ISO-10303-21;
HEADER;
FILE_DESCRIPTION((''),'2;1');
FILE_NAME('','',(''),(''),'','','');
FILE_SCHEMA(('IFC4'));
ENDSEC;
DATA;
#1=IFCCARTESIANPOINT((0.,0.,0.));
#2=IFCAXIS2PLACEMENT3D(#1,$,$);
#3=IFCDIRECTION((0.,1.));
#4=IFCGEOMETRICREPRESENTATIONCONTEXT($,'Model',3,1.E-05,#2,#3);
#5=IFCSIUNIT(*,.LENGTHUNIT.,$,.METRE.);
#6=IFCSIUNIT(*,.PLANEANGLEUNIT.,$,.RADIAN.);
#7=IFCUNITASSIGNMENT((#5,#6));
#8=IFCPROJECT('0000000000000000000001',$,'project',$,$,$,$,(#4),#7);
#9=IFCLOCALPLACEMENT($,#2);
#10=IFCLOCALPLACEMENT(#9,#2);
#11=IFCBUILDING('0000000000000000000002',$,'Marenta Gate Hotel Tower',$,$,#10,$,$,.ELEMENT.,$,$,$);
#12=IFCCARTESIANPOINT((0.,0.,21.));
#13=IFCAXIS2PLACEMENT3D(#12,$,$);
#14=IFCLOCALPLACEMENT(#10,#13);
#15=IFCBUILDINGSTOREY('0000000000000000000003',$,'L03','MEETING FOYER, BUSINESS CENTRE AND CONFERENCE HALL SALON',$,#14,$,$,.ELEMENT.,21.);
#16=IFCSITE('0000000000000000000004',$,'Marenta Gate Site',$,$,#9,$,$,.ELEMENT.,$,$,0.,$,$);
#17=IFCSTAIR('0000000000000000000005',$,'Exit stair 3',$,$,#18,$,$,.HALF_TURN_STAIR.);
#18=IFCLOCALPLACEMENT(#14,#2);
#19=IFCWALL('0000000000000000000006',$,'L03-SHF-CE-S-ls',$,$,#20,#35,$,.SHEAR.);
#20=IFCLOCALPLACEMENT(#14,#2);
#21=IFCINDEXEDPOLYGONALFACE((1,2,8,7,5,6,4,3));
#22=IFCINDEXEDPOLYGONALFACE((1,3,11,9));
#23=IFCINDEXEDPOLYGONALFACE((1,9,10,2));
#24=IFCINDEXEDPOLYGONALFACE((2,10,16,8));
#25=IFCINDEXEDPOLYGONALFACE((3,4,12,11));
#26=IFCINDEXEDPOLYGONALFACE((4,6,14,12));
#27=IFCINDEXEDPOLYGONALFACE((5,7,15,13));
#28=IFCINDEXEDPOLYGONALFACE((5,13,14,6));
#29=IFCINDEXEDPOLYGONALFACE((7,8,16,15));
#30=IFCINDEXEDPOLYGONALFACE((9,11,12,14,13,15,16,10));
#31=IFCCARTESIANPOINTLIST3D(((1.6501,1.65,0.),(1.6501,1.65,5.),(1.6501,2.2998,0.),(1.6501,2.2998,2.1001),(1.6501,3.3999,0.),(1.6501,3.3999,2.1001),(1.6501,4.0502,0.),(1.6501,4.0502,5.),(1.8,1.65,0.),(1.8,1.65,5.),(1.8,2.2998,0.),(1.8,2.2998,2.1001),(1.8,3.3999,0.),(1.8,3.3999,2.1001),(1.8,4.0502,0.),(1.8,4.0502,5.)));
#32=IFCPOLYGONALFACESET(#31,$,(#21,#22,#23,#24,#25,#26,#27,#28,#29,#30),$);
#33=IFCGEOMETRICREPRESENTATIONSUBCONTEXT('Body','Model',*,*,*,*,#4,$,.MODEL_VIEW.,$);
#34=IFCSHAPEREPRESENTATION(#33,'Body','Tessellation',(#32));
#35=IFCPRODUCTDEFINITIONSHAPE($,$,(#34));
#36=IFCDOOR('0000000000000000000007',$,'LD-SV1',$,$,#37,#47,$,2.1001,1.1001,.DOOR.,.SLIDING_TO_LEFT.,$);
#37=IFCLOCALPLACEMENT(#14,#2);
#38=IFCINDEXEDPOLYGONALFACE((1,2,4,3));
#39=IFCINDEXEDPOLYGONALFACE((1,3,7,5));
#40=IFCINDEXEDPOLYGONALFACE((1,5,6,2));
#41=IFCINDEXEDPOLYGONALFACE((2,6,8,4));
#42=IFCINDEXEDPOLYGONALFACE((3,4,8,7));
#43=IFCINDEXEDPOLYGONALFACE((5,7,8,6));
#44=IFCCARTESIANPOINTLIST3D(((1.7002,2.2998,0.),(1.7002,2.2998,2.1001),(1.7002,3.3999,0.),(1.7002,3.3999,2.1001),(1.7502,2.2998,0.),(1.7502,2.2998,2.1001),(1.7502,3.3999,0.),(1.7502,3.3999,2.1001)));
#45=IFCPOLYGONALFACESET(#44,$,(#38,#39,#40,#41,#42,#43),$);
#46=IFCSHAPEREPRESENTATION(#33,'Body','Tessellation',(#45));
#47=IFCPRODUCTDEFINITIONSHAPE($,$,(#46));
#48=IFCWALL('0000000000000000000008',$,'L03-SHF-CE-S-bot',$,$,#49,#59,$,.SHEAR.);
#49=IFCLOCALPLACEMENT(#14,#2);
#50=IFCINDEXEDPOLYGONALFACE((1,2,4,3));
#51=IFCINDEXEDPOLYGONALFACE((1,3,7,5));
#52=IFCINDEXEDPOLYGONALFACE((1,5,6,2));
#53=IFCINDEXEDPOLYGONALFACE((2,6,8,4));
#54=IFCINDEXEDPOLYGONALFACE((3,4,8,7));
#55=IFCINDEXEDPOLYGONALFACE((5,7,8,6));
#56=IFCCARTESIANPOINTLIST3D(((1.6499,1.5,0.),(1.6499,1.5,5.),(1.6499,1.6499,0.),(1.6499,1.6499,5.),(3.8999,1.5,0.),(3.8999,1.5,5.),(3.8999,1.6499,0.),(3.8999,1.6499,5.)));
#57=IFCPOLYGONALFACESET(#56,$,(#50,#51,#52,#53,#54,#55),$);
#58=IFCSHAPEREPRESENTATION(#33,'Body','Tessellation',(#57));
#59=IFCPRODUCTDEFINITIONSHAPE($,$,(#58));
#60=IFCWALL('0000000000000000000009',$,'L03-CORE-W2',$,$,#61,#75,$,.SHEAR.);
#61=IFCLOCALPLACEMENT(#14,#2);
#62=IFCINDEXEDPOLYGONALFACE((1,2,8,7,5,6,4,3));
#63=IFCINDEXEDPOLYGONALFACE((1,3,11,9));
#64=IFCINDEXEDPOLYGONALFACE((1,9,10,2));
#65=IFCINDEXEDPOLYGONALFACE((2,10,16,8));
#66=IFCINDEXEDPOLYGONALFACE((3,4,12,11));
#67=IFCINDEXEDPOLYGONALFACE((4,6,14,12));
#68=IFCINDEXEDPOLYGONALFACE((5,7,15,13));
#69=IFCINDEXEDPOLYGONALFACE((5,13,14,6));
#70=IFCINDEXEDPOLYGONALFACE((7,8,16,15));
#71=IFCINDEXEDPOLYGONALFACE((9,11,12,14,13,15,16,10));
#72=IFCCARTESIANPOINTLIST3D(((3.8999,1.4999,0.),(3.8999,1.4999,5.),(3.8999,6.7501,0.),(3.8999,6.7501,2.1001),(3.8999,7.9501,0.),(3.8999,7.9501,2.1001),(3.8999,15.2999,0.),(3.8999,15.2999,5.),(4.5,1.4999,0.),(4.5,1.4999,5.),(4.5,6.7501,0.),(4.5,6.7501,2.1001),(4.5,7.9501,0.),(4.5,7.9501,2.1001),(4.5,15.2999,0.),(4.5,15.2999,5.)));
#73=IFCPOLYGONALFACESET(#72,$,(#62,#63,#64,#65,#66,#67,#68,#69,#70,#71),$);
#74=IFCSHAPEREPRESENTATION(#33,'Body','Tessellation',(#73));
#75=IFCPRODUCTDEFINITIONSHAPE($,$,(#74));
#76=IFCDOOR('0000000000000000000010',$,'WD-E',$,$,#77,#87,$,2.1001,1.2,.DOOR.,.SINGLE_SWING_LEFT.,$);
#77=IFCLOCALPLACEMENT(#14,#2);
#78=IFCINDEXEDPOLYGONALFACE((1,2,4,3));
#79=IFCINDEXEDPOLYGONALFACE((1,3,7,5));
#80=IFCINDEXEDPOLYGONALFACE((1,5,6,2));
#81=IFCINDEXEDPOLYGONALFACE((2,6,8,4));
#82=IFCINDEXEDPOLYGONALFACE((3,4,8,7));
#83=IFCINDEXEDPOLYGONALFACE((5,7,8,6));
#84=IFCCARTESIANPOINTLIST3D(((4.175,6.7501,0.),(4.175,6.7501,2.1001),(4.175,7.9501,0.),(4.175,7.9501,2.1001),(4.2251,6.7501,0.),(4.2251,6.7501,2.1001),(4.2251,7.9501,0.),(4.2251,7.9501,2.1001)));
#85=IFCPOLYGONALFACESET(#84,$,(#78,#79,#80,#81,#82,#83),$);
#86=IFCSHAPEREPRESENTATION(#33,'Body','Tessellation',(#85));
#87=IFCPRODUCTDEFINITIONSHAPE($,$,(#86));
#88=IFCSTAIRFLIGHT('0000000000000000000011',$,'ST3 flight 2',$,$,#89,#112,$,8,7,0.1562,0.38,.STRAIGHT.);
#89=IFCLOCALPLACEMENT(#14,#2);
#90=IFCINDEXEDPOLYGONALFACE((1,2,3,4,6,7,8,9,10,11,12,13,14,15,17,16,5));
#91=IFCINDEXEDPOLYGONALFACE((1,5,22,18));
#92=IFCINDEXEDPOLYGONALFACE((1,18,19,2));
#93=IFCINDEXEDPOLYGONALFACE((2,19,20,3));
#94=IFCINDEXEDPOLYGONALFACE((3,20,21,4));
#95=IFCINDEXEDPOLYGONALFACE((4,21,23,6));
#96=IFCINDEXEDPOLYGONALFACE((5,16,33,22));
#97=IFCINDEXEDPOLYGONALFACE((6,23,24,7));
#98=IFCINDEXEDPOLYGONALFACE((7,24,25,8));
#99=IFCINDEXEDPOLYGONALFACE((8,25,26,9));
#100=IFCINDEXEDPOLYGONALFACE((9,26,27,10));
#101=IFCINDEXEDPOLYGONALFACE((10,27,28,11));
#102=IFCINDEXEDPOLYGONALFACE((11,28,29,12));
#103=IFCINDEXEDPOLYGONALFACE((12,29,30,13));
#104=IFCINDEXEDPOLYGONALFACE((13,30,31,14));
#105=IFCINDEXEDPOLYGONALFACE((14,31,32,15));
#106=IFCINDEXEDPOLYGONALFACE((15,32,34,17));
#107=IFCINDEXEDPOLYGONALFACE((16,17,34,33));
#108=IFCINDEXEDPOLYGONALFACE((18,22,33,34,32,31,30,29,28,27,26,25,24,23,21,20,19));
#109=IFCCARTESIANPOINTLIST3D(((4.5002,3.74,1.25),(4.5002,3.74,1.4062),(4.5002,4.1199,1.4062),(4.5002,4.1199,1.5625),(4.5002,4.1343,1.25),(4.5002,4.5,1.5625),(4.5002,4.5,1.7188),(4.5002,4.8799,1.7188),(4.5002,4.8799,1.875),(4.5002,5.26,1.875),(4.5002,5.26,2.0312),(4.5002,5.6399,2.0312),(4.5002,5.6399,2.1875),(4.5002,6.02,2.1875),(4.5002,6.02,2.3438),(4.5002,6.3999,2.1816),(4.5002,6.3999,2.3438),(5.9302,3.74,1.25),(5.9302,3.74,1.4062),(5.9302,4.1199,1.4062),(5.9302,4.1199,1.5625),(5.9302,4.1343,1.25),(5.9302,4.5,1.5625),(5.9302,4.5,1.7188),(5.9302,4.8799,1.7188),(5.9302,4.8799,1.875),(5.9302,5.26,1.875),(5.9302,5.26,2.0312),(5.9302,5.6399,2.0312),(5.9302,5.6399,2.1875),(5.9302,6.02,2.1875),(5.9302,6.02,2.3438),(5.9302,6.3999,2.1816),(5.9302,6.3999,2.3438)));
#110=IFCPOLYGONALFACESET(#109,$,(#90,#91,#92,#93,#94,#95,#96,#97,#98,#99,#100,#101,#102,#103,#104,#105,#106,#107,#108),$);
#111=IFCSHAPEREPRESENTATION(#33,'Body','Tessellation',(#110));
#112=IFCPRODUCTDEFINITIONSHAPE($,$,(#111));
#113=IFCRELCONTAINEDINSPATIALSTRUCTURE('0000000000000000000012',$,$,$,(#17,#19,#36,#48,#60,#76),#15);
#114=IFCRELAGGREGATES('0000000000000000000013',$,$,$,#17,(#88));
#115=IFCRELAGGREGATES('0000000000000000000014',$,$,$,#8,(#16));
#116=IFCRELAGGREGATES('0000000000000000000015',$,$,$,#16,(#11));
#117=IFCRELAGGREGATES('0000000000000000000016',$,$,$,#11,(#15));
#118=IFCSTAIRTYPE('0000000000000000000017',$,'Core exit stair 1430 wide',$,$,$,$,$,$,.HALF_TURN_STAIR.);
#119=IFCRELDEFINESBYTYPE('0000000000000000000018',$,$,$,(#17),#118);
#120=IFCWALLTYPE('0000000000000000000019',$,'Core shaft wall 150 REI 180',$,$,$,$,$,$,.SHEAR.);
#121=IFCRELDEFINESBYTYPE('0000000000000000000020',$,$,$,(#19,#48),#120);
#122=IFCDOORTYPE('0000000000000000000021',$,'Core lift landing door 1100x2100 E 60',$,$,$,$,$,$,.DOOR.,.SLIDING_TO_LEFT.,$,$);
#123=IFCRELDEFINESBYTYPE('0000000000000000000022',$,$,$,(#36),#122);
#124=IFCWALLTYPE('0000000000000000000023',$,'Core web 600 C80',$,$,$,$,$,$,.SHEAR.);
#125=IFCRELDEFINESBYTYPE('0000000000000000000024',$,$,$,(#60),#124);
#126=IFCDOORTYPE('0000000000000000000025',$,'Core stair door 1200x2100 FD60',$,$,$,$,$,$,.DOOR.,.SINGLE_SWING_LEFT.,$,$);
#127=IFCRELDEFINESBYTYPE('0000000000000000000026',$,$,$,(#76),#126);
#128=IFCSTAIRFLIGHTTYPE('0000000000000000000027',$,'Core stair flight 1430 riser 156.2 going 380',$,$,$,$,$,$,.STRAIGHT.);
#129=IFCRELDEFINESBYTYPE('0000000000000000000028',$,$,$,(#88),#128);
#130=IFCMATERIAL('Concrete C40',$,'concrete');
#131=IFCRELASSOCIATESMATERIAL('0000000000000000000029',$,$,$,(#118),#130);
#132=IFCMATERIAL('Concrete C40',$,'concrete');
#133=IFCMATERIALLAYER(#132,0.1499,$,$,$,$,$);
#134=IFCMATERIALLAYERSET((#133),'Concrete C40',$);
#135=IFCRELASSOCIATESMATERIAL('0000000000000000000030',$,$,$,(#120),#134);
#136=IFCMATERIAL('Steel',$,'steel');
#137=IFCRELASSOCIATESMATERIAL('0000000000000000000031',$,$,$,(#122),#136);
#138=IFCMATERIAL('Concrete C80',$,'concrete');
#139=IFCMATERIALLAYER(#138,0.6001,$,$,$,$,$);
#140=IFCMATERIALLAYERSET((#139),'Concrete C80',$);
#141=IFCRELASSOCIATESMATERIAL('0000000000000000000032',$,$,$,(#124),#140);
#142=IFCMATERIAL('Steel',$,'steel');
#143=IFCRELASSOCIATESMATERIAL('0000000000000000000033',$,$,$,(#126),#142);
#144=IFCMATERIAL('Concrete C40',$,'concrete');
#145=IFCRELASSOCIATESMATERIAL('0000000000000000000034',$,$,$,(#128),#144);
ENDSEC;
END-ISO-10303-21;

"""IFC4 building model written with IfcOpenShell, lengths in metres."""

from ifc_helpers import new_model, si_unit, direction, frame, frame_2d, origin, place, context, subcontext, project, spatial, polyline, rectangle, outline, extrude, material, layer, layer_set, type_object, element, fill, aggregate, save


model = new_model("IFC4")

# Units and contexts
model_context = context("Model", 3, precision=1e-05, world=origin(), true_north=direction((0.0, 1.0)))
body_context = subcontext(model_context, "Body", "Model", "MODEL_VIEW")
ifc_project = project(units=[si_unit("LENGTHUNIT", "METRE"), si_unit("PLANEANGLEUNIT", "RADIAN")], contexts=[model_context])

# Site, building, storey
site_placement = place(None, origin())
site = spatial("IfcSite", under=ifc_project, at=site_placement, Name="Marenta Gate Site", CompositionType="ELEMENT", RefElevation=0.0)
building_placement = place(site_placement, origin())
building = spatial("IfcBuilding", under=site, at=building_placement, Name="Marenta Gate Hotel Tower", CompositionType="ELEMENT")
storey_placement = place(building_placement, frame((0.0, 0.0, 21.0)))
storey = spatial("IfcBuildingStorey", under=building, at=storey_placement, Name="L03", Description="MEETING FOYER, BUSINESS CENTRE AND CONFERENCE HALL SALON", CompositionType="ELEMENT", Elevation=21.0)

# Stair
ifc_material_1 = material(Name="Concrete C40", Category="concrete")
stair_type_1 = type_object("IfcStairType", Name="Core exit stair 1430 wide", PredefinedType="HALF_TURN_STAIR", material=ifc_material_1)
stair_1_placement = place(storey_placement, origin())
stair_1 = element("IfcStair", 1, at=stair_1_placement, inside=storey, type_object=stair_type_1, Name="Exit stair 3", PredefinedType="HALF_TURN_STAIR")

# Wall, opening, door
ifc_material_2 = material(Name="Concrete C40", Category="concrete")
ifc_layer_1 = layer(ifc_material_2, 0.1499)
ifc_layer_set_1 = layer_set([ifc_layer_1], Name="Concrete C40")
wall_type_1 = type_object("IfcWallType", Name="Core shaft wall 150 REI 180", PredefinedType="SHEAR", material=ifc_layer_set_1)
wall_1_placement = place(storey_placement, frame((1.7251, 1.6499, 0.0), z_axis=(0.0, 0.0, 1.0), x_axis=(0.0, 1.0, 0.0)))
wall_1 = element("IfcWall", 2, at=wall_1_placement, inside=storey, type_object=wall_type_1, Name="L03-SHF-CE-S-ls", PredefinedType="SHEAR", context=body_context, shape_type="SweptSolid", body=[
    extrude(rectangle(XDim=2.4001, YDim=0.1499, at=frame_2d((1.2002, 0.0))), origin(), (0.0, 0.0, 1.0), 5.0),
])
opening_1_placement = place(wall_1_placement, frame((0.6499, 0.0, 0.0)))
opening_1 = element("IfcOpeningElement", 3, at=opening_1_placement, cuts=wall_1, PredefinedType="OPENING", context=body_context, shape_type="SweptSolid", body=[
    extrude(rectangle(XDim=1.1001, YDim=2.1001, at=frame_2d((0.55, 1.05))), frame((0.0, 0.075, 0.0), z_axis=(0.0, -1.0, 0.0), x_axis=(1.0, 0.0, 0.0)), (0.0, 0.0, 1.0), 0.1499),
])
ifc_material_3 = material(Name="Steel", Category="steel")
door_type_1 = type_object("IfcDoorType", Name="Core lift landing door 1100x2100 E 60", OperationType="SLIDING_TO_LEFT", PredefinedType="DOOR", material=ifc_material_3)
door_1_placement = place(opening_1_placement, origin())
door_1 = element("IfcDoor", 4, at=door_1_placement, inside=storey, type_object=door_type_1, Name="LD-SV1", OperationType="SLIDING_TO_LEFT", OverallHeight=2.1001, OverallWidth=1.1001, PredefinedType="DOOR", context=body_context, shape_type="SweptSolid", body=[
    extrude(rectangle(XDim=1.1001, YDim=2.1001, at=frame_2d((0.55, 1.05))), frame((0.0, 0.0249, 0.0), z_axis=(0.0, -1.0, 0.0), x_axis=(1.0, 0.0, 0.0)), (0.0, 0.0, 1.0), 0.05),
])
fill(opening_1, door_1)

# Wall
wall_2_placement = place(storey_placement, frame((1.6499, 1.575, 0.0), z_axis=(0.0, 0.0, 1.0), x_axis=(1.0, 0.0, 0.0)))
element("IfcWall", 5, at=wall_2_placement, inside=storey, type_object=wall_type_1, Name="L03-SHF-CE-S-bot", PredefinedType="SHEAR", context=body_context, shape_type="SweptSolid", body=[
    extrude(rectangle(XDim=2.25, YDim=0.1499, at=frame_2d((1.125, 0.0))), origin(), (0.0, 0.0, 1.0), 5.0),
])

# Wall, opening, door
ifc_material_4 = material(Name="Concrete C80", Category="concrete")
ifc_layer_2 = layer(ifc_material_4, 0.6001)
ifc_layer_set_2 = layer_set([ifc_layer_2], Name="Concrete C80")
wall_type_2 = type_object("IfcWallType", Name="Core web 600 C80", PredefinedType="SHEAR", material=ifc_layer_set_2)
wall_3_placement = place(storey_placement, frame((4.2, 1.5, 0.0), z_axis=(0.0, 0.0, 1.0), x_axis=(0.0, 1.0, 0.0)))
wall_3 = element("IfcWall", 6, at=wall_3_placement, inside=storey, type_object=wall_type_2, Name="L03-CORE-W2", PredefinedType="SHEAR", context=body_context, shape_type="SweptSolid", body=[
    extrude(rectangle(XDim=13.8, YDim=0.6001, at=frame_2d((6.8999, 0.0))), origin(), (0.0, 0.0, 1.0), 5.0),
])
opening_2_placement = place(wall_3_placement, frame((5.25, 0.0, 0.0)))
opening_2 = element("IfcOpeningElement", 7, at=opening_2_placement, cuts=wall_3, PredefinedType="OPENING", context=body_context, shape_type="SweptSolid", body=[
    extrude(rectangle(XDim=1.2, YDim=2.1001, at=frame_2d((0.6001, 1.05))), frame((0.0, 0.3, 0.0), z_axis=(0.0, -1.0, 0.0), x_axis=(1.0, 0.0, 0.0)), (0.0, 0.0, 1.0), 0.6001),
])
ifc_material_5 = material(Name="Steel", Category="steel")
door_type_2 = type_object("IfcDoorType", Name="Core stair door 1200x2100 FD60", OperationType="SINGLE_SWING_LEFT", PredefinedType="DOOR", material=ifc_material_5)
door_2_placement = place(opening_2_placement, origin())
door_2 = element("IfcDoor", 8, at=door_2_placement, inside=storey, type_object=door_type_2, Name="WD-E", OperationType="SINGLE_SWING_LEFT", OverallHeight=2.1001, OverallWidth=1.2, PredefinedType="DOOR", context=body_context, shape_type="SweptSolid", body=[
    extrude(rectangle(XDim=1.2, YDim=2.1001, at=frame_2d((0.6001, 1.05))), frame((0.0, 0.0249, 0.0), z_axis=(0.0, -1.0, 0.0), x_axis=(1.0, 0.0, 0.0)), (0.0, 0.0, 1.0), 0.05),
])
fill(opening_2, door_2)

# Stair flight
ifc_material_6 = material(Name="Concrete C40", Category="concrete")
stair_flight_type = type_object("IfcStairFlightType", Name="Core stair flight 1430 riser 156.2 going 380", PredefinedType="STRAIGHT", material=ifc_material_6)
stair_flight_placement = place(storey_placement, frame((5.2151, 3.74, 1.25), z_axis=(0.0, 0.0, 1.0), x_axis=(0.0, 1.0, 0.0)))
stair_flight = element("IfcStairFlight", 9, at=stair_flight_placement, type_object=stair_flight_type, Name="ST3 flight 2", NumberOfRisers=8, NumberOfTreads=7, PredefinedType="STRAIGHT", RiserHeight=0.1562, TreadLength=0.38, context=body_context, shape_type="SweptSolid", body=[
    extrude(outline(polyline([(0.0, 0.0), (0.0, 0.1562), (0.3799, 0.1562), (0.3799, 0.3125), (0.76, 0.3125), (0.76, 0.4688), (1.1399, 0.4688), (1.1399, 0.625), (1.52, 0.625), (1.52, 0.7812), (1.8999, 0.7812), (1.8999, 0.9375), (2.28, 0.9375), (2.28, 1.0938), (2.6599, 1.0938), (2.6599, 1.25), (2.6599, 0.9316), (0.3943, 0.0), (0.0, 0.0)])), frame((0.0, 0.7148, 0.0), z_axis=(0.0, -1.0, 0.0), x_axis=(1.0, 0.0, 0.0)), (0.0, 0.0, 1.0), 1.4299),
])
aggregate(stair_1, [stair_flight])

save(model, "model.ifc")
